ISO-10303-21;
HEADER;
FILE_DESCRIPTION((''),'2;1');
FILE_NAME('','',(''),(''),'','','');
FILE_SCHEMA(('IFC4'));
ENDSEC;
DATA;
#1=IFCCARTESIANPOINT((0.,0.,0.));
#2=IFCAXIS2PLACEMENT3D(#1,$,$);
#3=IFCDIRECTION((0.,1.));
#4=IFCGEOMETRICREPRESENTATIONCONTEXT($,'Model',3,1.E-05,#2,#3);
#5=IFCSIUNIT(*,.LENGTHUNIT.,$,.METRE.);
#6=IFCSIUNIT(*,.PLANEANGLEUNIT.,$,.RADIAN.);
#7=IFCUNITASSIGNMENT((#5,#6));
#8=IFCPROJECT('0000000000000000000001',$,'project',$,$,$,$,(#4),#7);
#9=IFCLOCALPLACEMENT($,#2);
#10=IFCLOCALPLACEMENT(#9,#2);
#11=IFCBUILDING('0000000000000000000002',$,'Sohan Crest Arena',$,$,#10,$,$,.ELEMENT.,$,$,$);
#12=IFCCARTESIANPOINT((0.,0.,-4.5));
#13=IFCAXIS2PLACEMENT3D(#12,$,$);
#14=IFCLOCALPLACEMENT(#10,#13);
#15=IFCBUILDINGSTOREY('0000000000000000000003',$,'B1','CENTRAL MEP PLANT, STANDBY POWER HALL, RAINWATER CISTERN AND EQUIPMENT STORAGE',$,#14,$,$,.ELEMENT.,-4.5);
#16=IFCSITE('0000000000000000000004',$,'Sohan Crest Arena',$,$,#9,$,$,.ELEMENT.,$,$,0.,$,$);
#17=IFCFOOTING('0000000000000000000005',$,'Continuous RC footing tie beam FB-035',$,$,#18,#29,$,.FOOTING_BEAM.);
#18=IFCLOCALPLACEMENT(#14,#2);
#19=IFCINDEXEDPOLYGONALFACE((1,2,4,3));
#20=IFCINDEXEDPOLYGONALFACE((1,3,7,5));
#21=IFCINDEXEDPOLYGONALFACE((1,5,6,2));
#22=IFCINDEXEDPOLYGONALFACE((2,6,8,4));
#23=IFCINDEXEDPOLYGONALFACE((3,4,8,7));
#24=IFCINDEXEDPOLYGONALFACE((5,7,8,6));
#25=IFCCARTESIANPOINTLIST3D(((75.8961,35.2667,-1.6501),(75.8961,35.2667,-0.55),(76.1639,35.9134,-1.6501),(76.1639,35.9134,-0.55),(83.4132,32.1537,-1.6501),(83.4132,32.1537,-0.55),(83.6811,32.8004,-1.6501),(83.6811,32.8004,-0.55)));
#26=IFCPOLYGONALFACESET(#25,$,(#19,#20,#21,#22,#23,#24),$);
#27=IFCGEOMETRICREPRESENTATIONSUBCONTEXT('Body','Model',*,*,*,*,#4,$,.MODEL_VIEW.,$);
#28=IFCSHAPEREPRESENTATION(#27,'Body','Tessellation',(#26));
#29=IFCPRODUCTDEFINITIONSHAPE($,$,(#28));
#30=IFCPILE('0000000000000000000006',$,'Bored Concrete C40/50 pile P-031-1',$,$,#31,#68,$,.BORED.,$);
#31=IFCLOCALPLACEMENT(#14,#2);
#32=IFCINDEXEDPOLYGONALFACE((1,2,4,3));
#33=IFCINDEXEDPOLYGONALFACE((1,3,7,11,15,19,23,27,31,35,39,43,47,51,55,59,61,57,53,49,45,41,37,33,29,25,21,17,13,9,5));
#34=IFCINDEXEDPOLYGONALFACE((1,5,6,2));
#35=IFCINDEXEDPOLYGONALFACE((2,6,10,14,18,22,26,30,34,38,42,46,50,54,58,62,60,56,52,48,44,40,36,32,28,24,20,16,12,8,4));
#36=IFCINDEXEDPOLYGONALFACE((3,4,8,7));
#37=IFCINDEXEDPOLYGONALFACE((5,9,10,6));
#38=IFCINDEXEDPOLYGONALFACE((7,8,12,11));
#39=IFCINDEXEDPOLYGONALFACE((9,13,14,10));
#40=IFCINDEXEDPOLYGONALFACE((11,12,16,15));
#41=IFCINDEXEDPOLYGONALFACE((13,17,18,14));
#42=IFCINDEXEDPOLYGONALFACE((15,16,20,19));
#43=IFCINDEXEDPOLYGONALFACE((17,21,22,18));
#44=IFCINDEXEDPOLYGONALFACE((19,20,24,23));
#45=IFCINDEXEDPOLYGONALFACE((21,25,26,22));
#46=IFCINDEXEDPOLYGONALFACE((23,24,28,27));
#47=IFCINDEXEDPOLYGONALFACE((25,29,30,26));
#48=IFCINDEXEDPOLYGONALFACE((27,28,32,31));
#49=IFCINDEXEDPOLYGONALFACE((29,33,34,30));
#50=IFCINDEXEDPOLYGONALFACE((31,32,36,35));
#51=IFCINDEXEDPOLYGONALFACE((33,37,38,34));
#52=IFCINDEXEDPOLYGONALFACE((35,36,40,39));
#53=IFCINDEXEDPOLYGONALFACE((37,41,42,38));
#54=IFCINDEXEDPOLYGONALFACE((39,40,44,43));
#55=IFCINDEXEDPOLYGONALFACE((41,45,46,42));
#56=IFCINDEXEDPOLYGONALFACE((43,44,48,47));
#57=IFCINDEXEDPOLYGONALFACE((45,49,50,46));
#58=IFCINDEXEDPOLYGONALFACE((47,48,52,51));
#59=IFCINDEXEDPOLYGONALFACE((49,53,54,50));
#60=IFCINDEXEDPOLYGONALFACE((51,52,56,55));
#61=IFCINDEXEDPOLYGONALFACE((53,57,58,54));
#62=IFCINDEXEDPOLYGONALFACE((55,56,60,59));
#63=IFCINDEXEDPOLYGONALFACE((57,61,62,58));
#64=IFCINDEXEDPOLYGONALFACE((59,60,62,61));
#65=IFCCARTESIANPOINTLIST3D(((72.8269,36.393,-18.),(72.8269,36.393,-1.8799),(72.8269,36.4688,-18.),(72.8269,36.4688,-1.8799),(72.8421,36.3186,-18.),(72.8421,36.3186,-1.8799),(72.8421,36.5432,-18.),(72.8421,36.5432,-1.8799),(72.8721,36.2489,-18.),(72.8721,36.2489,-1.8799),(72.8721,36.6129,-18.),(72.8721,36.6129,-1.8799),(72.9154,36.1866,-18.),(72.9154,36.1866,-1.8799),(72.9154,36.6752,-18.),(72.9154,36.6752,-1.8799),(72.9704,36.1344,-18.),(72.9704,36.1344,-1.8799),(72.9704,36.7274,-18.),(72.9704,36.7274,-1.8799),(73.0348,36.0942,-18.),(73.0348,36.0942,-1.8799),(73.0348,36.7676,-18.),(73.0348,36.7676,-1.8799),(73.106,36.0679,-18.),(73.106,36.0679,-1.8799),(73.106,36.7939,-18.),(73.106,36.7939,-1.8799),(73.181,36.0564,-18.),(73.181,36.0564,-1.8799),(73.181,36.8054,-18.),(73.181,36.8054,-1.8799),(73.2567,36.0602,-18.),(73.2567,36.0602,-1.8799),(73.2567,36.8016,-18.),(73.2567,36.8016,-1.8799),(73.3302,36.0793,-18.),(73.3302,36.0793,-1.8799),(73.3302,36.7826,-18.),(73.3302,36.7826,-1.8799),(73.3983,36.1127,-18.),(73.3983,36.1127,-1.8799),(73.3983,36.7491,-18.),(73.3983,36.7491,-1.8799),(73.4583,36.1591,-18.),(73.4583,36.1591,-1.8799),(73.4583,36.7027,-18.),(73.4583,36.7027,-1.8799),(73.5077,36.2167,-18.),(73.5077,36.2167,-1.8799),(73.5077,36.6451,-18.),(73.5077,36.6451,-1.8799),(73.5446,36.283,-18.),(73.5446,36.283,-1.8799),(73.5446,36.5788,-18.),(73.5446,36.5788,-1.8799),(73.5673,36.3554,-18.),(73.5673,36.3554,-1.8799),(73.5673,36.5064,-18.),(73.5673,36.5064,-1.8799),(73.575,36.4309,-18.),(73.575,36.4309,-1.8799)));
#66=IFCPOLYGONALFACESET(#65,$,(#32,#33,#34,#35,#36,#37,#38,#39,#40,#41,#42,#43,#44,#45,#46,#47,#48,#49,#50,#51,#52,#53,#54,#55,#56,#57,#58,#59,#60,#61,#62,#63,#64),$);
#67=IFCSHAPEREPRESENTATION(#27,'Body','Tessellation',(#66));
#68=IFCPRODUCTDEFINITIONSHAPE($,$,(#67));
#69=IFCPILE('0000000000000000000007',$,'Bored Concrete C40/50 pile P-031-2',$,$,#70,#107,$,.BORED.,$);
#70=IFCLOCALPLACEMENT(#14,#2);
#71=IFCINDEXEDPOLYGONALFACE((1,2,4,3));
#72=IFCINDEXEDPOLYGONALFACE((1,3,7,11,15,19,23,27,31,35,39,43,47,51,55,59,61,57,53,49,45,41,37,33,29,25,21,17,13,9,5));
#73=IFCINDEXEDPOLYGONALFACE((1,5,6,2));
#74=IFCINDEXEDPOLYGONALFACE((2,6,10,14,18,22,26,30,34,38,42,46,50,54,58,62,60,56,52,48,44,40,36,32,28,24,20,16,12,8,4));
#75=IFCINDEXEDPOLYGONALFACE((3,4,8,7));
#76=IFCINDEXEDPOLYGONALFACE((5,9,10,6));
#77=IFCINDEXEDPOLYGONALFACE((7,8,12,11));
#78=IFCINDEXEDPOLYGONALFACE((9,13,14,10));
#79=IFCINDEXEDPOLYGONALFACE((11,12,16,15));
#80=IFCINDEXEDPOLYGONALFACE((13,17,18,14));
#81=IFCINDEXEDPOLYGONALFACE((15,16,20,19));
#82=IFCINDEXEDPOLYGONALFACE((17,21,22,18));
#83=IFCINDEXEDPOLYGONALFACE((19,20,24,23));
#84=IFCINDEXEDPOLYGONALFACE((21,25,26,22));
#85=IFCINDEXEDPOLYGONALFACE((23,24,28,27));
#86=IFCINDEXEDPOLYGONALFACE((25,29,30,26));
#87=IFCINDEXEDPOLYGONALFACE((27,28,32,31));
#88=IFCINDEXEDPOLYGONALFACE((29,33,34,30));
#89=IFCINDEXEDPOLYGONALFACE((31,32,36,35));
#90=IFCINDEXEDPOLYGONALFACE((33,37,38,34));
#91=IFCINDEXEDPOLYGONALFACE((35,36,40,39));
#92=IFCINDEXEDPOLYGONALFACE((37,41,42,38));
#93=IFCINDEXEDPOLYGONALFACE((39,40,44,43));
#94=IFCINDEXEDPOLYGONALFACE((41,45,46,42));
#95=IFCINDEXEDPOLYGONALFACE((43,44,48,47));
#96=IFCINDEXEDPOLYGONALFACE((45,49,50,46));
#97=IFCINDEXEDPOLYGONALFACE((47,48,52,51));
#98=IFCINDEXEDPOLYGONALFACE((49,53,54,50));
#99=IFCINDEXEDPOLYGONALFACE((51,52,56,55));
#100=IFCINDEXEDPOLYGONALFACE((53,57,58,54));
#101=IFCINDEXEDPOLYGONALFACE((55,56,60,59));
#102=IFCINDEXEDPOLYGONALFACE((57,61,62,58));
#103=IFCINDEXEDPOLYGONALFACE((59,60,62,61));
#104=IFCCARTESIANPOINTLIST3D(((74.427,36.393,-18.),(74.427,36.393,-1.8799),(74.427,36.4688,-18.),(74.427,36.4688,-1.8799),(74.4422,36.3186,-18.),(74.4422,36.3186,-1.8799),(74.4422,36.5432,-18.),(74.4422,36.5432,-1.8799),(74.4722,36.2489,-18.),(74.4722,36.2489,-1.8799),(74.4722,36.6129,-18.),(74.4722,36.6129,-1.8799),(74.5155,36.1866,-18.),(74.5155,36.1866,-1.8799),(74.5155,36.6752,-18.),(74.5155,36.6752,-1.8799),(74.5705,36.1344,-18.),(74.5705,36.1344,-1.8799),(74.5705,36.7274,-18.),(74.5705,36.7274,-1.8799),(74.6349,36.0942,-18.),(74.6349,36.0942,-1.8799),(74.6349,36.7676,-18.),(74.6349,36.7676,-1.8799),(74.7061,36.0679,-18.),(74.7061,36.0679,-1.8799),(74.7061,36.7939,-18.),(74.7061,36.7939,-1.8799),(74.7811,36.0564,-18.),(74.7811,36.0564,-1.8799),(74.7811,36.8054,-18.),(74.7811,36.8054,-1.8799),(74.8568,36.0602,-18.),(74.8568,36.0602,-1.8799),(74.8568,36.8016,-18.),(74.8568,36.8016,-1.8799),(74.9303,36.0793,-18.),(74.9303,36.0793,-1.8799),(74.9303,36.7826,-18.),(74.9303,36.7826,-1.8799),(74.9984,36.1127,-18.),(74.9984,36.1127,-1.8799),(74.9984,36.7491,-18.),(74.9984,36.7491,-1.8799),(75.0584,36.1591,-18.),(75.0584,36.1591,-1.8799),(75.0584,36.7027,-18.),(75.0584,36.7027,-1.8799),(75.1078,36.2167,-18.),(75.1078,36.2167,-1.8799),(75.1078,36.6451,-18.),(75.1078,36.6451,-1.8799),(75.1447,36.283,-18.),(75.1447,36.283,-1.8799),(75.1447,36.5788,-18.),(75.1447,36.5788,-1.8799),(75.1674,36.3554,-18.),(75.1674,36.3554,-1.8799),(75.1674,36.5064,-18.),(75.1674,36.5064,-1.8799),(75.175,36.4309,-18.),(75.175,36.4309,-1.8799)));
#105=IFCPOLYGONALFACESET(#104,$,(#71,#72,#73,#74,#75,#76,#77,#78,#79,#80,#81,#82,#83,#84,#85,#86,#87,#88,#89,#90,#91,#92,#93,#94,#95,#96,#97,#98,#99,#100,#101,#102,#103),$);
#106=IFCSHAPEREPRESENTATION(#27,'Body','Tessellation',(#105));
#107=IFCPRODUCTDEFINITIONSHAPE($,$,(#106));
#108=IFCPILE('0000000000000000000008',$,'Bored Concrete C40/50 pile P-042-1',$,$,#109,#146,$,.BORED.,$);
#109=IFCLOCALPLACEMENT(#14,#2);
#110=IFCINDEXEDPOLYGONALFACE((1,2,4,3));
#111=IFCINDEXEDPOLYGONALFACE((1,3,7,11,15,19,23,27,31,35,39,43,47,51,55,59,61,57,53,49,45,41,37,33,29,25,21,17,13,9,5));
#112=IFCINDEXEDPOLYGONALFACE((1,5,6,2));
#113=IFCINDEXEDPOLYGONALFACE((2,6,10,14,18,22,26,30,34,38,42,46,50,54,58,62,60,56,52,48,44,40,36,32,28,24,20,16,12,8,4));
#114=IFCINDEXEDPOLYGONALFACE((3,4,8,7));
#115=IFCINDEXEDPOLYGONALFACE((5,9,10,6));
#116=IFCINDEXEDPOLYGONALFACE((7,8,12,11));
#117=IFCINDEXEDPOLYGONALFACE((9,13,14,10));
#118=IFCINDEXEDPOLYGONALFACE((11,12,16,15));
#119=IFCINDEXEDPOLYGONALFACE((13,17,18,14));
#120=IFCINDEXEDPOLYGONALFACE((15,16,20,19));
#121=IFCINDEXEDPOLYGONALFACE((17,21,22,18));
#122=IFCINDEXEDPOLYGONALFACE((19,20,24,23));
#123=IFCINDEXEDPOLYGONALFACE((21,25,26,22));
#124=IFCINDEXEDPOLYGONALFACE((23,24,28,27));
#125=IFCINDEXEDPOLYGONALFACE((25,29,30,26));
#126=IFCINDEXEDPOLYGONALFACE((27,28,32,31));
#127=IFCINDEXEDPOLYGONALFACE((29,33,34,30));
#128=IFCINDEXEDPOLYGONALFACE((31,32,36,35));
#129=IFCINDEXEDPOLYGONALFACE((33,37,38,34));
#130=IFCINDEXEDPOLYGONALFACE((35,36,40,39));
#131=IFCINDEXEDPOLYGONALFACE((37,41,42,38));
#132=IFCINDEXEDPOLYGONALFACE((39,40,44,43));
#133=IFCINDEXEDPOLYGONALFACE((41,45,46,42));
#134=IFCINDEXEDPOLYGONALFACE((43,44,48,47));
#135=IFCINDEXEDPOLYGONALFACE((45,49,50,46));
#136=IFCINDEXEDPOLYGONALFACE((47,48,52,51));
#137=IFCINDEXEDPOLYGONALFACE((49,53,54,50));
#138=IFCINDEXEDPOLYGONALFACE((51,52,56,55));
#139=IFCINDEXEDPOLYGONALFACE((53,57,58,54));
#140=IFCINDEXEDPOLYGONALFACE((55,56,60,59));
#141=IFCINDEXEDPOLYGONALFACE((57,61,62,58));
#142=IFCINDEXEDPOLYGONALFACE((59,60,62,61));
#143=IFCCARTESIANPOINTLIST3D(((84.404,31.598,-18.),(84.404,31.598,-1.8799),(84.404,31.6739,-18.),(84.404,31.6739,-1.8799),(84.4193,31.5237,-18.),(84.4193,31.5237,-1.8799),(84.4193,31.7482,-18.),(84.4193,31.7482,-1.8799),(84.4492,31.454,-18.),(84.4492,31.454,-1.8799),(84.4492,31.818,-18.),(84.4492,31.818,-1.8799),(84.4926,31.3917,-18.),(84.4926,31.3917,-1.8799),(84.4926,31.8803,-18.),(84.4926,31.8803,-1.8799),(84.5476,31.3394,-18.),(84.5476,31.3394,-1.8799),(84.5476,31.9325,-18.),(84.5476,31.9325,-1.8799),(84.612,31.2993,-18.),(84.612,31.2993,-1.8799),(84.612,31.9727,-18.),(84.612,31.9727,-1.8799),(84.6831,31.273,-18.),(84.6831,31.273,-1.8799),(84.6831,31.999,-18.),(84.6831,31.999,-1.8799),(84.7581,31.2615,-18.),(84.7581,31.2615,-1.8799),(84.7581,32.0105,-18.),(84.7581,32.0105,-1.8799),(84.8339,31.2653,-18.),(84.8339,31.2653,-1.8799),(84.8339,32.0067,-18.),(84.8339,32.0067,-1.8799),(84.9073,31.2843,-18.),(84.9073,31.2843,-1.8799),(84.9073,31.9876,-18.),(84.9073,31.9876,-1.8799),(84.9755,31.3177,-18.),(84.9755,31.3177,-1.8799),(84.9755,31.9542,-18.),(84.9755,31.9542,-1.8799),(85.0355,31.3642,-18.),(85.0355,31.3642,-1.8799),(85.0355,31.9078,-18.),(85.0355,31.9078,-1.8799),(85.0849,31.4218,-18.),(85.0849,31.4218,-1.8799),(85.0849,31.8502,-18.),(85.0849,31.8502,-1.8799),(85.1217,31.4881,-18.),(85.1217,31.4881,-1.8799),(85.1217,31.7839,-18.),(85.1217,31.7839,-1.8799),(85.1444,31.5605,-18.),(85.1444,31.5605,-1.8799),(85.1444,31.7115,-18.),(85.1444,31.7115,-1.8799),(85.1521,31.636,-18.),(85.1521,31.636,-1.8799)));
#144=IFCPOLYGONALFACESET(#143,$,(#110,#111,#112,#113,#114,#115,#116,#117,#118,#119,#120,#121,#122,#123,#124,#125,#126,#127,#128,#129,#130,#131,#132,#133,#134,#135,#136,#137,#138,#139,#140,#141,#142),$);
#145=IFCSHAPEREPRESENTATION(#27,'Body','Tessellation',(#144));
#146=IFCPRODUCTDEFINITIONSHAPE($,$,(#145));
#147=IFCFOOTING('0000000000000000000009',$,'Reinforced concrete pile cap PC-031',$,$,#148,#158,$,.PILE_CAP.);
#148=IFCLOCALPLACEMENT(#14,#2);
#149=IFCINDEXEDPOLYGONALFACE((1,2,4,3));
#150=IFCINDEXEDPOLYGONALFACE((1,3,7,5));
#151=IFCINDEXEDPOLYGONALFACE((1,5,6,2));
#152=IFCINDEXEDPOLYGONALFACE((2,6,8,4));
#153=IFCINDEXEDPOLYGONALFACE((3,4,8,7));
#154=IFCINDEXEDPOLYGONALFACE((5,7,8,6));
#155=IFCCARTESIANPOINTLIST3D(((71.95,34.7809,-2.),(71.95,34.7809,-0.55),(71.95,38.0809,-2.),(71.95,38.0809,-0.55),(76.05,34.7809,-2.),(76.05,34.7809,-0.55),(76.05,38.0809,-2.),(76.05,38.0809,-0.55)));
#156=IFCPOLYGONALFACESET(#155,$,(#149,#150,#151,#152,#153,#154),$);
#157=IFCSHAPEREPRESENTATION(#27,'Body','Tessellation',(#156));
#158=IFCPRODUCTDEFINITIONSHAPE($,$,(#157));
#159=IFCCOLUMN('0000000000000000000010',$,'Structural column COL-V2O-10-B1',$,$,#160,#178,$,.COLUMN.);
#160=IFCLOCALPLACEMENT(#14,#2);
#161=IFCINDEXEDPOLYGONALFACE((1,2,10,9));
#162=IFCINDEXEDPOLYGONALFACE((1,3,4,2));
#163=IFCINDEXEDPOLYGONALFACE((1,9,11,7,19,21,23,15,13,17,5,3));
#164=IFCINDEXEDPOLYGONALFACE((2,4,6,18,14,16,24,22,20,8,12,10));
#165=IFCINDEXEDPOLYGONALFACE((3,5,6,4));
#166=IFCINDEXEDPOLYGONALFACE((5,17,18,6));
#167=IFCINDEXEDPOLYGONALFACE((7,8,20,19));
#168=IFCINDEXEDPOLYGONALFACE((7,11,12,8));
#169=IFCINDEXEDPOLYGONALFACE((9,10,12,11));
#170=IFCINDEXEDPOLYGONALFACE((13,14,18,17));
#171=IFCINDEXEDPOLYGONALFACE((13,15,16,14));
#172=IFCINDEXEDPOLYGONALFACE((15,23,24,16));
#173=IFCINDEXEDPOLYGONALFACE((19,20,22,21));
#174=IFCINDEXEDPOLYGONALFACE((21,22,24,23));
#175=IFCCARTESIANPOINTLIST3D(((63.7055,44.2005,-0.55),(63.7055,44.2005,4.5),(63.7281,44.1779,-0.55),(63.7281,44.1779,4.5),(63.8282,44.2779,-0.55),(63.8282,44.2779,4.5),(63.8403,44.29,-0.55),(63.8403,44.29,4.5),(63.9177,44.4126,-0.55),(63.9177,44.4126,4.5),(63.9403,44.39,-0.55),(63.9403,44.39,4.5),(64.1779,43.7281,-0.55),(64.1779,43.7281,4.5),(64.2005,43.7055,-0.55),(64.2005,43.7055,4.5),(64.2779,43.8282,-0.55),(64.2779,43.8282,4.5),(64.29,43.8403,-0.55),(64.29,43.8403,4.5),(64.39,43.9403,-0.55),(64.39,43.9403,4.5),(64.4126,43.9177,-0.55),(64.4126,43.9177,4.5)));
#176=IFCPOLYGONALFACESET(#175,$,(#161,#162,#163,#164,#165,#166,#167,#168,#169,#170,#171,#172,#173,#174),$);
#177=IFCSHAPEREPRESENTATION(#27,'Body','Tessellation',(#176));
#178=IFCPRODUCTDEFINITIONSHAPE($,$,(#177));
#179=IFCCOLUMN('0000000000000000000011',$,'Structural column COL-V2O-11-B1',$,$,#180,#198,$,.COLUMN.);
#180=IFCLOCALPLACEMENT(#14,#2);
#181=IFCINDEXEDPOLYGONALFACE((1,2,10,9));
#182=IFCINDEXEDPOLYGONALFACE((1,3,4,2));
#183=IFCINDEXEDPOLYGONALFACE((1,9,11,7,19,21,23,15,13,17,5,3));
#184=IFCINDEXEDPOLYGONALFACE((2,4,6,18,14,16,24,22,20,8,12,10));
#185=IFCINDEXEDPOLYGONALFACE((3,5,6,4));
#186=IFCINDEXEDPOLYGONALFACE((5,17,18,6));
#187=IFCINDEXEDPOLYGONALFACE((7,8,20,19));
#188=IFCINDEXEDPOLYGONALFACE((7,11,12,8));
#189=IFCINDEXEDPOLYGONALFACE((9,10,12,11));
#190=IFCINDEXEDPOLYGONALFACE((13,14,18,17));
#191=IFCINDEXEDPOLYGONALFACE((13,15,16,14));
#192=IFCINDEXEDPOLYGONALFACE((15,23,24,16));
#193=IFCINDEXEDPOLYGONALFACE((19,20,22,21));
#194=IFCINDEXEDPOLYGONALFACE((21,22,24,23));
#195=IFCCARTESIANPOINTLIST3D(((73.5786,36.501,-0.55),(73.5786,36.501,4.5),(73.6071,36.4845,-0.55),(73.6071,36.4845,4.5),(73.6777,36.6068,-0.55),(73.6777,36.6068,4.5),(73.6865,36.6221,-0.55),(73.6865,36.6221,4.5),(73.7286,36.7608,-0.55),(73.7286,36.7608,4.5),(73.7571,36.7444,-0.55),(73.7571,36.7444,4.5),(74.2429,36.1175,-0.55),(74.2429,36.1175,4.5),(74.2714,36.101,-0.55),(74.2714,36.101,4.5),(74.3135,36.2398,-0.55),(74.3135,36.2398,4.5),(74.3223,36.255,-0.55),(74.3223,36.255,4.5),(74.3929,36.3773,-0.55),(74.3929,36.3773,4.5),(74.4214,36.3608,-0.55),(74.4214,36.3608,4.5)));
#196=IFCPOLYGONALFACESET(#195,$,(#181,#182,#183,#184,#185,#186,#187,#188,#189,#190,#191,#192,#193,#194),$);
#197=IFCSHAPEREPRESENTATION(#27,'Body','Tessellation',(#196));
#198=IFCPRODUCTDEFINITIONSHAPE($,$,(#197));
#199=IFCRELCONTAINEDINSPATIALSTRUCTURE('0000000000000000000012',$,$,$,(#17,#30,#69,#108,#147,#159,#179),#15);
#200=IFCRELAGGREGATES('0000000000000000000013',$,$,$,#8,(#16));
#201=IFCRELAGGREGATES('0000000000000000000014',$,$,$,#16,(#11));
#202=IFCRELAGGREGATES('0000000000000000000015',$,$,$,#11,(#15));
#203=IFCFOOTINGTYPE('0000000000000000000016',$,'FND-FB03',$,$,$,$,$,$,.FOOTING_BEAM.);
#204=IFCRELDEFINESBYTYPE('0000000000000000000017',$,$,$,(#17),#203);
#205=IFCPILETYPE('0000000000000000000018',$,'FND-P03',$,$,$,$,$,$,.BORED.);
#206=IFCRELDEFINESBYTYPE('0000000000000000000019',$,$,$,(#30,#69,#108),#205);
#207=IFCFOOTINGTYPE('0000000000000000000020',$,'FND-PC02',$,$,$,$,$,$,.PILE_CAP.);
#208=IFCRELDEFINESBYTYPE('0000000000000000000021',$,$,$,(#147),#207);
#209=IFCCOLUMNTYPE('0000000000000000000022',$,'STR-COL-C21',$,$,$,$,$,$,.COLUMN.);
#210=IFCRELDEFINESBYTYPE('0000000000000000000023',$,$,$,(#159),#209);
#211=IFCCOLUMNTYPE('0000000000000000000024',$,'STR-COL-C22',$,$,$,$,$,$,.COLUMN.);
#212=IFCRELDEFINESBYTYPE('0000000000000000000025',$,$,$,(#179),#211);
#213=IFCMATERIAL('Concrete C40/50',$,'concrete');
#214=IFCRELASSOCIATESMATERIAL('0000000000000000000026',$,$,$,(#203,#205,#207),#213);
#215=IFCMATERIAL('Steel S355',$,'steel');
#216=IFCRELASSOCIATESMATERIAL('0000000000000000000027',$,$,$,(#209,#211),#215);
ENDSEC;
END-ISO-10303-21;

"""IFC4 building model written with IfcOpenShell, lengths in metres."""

from ifc_helpers import new_model, si_unit, direction, frame, origin, origin_2d, place, context, subcontext, project, spatial, rectangle, circle, i_section, extrude, material, material_profile, profile_set, type_object, element, save


model = new_model("IFC4")

# Units and contexts
model_context = context("Model", 3, precision=1e-05, world=origin(), true_north=direction((0.0, 1.0)))
body_context = subcontext(model_context, "Body", "Model", "MODEL_VIEW")
ifc_project = project(units=[si_unit("LENGTHUNIT", "METRE"), si_unit("PLANEANGLEUNIT", "RADIAN")], contexts=[model_context])

# Site, building, storey
site_placement = place(None, origin())
site = spatial("IfcSite", under=ifc_project, at=site_placement, Name="Sohan Crest Arena", CompositionType="ELEMENT", RefElevation=0.0)
building_placement = place(site_placement, origin())
building = spatial("IfcBuilding", under=site, at=building_placement, Name="Sohan Crest Arena", CompositionType="ELEMENT")
storey_placement = place(building_placement, frame((0.0, 0.0, -4.5)))
storey = spatial("IfcBuildingStorey", under=building, at=storey_placement, Name="B1", Description="CENTRAL MEP PLANT, STANDBY POWER HALL, RAINWATER CISTERN AND EQUIPMENT STORAGE", CompositionType="ELEMENT", Elevation=-4.5)

# Footing
ifc_material_1 = material(Name="Concrete C40/50", Category="concrete")
ifc_material_profile_1 = material_profile(ifc_material_1, rectangle(XDim=0.7, YDim=1.1001, at=origin_2d()), Name="RC-FB 700x1100")
ifc_profile_set_1 = profile_set([ifc_material_profile_1], Name="Concrete C40/50")
footing_type_1 = type_object("IfcFootingType", Name="FND-FB03", PredefinedType="FOOTING_BEAM", material=ifc_profile_set_1)
footing_1_placement = place(storey_placement, frame((76.03, 35.5901, -1.1001), z_axis=(0.923907, -0.382616, 0.0), x_axis=(0.382616, 0.923907, 0.0)))
element("IfcFooting", 1, at=footing_1_placement, inside=storey, type_object=footing_type_1, Name="Continuous RC footing tie beam FB-035", PredefinedType="FOOTING_BEAM", context=body_context, shape_type="SweptSolid", body=[
    extrude(rectangle(XDim=0.7, YDim=1.1001, at=origin_2d()), origin(), (0.0, 0.0, 1.0), 8.1362),
])

# Piles
ifc_material_profile_2 = material_profile(ifc_material_1, circle(Radius=0.375, at=origin_2d()), Name="PILE D750")
ifc_profile_set_2 = profile_set([ifc_material_profile_2], Name="Concrete C40/50")
pile_type = type_object("IfcPileType", Name="FND-P03", PredefinedType="BORED", material=ifc_profile_set_2)
for number, where, z_axis, x_axis, name in (
    (2, (73.2, 36.4309, -18.0), (0.0, 0.0, 1.0), (1.0, 0.0, 0.0), "Bored Concrete C40/50 pile P-031-1"),
    (3, (74.8, 36.4309, -18.0), (0.0, 0.0, 1.0), (1.0, 0.0, 0.0), "Bored Concrete C40/50 pile P-031-2"),
    (4, (84.7771, 31.636, -18.0), (0.0, 0.0, 1.0), (1.0, 0.0, 0.0), "Bored Concrete C40/50 pile P-042-1"),
):
    element("IfcPile", number, at=place(storey_placement, frame(where, z_axis=z_axis, x_axis=x_axis)), inside=storey, type_object=pile_type, Name=name, PredefinedType="BORED", context=body_context, shape_type="SweptSolid", body=[
        extrude(circle(Radius=0.375, at=origin_2d()), origin(), (0.0, 0.0, 1.0), 16.1201),
    ])

# Footing
footing_type_2 = type_object("IfcFootingType", Name="FND-PC02", PredefinedType="PILE_CAP", material=ifc_material_1)
footing_2_placement = place(storey_placement, frame((74.0, 36.4309, -2.0), z_axis=(0.0, 0.0, 1.0), x_axis=(1.0, 0.0, 0.0)))
element("IfcFooting", 5, at=footing_2_placement, inside=storey, type_object=footing_type_2, Name="Reinforced concrete pile cap PC-031", PredefinedType="PILE_CAP", context=body_context, shape_type="SweptSolid", body=[
    extrude(rectangle(XDim=4.1001, YDim=3.3, at=origin_2d()), origin(), (0.0, 0.0, 1.0), 1.45),
])

# Columns
ifc_material_2 = material(Name="Steel S355", Category="steel")
ifc_material_profile_3 = material_profile(ifc_material_2, i_section(OverallWidth=0.3, OverallDepth=0.7, WebThickness=0.0171, FlangeThickness=0.032, at=origin_2d()), Name="HEB 700")
ifc_profile_set_3 = profile_set([ifc_material_profile_3], Name="Steel S355")
column_type_1 = type_object("IfcColumnType", Name="STR-COL-C21", PredefinedType="COLUMN", material=ifc_profile_set_3)
column_1_placement = place(storey_placement, frame((64.0591, 44.0591, -0.55), z_axis=(0.0, 0.0, 1.0), x_axis=(0.707107, 0.707107, 0.0)))
element("IfcColumn", 6, at=column_1_placement, inside=storey, type_object=column_type_1, Name="Structural column COL-V2O-10-B1", PredefinedType="COLUMN", context=body_context, shape_type="SweptSolid", body=[
    extrude(i_section(OverallWidth=0.3, OverallDepth=0.7, WebThickness=0.0171, FlangeThickness=0.032, at=origin_2d()), origin(), (0.0, 0.0, 1.0), 5.05),
])
ifc_material_profile_4 = material_profile(ifc_material_2, i_section(OverallWidth=0.3, OverallDepth=0.8, WebThickness=0.0176, FlangeThickness=0.033, at=origin_2d()), Name="HEB 800")
ifc_profile_set_4 = profile_set([ifc_material_profile_4], Name="Steel S355")
column_type_2 = type_object("IfcColumnType", Name="STR-COL-C22", PredefinedType="COLUMN", material=ifc_profile_set_4)
column_2_placement = place(storey_placement, frame((74.0, 36.4309, -0.55), z_axis=(0.0, 0.0, 1.0), x_axis=(0.5, 0.866025, 0.0)))
element("IfcColumn", 7, at=column_2_placement, inside=storey, type_object=column_type_2, Name="Structural column COL-V2O-11-B1", PredefinedType="COLUMN", context=body_context, shape_type="SweptSolid", body=[
    extrude(i_section(OverallWidth=0.3, OverallDepth=0.8, WebThickness=0.0176, FlangeThickness=0.033, at=origin_2d()), origin(), (0.0, 0.0, 1.0), 5.05),
])

save(model, "model.ifc")
